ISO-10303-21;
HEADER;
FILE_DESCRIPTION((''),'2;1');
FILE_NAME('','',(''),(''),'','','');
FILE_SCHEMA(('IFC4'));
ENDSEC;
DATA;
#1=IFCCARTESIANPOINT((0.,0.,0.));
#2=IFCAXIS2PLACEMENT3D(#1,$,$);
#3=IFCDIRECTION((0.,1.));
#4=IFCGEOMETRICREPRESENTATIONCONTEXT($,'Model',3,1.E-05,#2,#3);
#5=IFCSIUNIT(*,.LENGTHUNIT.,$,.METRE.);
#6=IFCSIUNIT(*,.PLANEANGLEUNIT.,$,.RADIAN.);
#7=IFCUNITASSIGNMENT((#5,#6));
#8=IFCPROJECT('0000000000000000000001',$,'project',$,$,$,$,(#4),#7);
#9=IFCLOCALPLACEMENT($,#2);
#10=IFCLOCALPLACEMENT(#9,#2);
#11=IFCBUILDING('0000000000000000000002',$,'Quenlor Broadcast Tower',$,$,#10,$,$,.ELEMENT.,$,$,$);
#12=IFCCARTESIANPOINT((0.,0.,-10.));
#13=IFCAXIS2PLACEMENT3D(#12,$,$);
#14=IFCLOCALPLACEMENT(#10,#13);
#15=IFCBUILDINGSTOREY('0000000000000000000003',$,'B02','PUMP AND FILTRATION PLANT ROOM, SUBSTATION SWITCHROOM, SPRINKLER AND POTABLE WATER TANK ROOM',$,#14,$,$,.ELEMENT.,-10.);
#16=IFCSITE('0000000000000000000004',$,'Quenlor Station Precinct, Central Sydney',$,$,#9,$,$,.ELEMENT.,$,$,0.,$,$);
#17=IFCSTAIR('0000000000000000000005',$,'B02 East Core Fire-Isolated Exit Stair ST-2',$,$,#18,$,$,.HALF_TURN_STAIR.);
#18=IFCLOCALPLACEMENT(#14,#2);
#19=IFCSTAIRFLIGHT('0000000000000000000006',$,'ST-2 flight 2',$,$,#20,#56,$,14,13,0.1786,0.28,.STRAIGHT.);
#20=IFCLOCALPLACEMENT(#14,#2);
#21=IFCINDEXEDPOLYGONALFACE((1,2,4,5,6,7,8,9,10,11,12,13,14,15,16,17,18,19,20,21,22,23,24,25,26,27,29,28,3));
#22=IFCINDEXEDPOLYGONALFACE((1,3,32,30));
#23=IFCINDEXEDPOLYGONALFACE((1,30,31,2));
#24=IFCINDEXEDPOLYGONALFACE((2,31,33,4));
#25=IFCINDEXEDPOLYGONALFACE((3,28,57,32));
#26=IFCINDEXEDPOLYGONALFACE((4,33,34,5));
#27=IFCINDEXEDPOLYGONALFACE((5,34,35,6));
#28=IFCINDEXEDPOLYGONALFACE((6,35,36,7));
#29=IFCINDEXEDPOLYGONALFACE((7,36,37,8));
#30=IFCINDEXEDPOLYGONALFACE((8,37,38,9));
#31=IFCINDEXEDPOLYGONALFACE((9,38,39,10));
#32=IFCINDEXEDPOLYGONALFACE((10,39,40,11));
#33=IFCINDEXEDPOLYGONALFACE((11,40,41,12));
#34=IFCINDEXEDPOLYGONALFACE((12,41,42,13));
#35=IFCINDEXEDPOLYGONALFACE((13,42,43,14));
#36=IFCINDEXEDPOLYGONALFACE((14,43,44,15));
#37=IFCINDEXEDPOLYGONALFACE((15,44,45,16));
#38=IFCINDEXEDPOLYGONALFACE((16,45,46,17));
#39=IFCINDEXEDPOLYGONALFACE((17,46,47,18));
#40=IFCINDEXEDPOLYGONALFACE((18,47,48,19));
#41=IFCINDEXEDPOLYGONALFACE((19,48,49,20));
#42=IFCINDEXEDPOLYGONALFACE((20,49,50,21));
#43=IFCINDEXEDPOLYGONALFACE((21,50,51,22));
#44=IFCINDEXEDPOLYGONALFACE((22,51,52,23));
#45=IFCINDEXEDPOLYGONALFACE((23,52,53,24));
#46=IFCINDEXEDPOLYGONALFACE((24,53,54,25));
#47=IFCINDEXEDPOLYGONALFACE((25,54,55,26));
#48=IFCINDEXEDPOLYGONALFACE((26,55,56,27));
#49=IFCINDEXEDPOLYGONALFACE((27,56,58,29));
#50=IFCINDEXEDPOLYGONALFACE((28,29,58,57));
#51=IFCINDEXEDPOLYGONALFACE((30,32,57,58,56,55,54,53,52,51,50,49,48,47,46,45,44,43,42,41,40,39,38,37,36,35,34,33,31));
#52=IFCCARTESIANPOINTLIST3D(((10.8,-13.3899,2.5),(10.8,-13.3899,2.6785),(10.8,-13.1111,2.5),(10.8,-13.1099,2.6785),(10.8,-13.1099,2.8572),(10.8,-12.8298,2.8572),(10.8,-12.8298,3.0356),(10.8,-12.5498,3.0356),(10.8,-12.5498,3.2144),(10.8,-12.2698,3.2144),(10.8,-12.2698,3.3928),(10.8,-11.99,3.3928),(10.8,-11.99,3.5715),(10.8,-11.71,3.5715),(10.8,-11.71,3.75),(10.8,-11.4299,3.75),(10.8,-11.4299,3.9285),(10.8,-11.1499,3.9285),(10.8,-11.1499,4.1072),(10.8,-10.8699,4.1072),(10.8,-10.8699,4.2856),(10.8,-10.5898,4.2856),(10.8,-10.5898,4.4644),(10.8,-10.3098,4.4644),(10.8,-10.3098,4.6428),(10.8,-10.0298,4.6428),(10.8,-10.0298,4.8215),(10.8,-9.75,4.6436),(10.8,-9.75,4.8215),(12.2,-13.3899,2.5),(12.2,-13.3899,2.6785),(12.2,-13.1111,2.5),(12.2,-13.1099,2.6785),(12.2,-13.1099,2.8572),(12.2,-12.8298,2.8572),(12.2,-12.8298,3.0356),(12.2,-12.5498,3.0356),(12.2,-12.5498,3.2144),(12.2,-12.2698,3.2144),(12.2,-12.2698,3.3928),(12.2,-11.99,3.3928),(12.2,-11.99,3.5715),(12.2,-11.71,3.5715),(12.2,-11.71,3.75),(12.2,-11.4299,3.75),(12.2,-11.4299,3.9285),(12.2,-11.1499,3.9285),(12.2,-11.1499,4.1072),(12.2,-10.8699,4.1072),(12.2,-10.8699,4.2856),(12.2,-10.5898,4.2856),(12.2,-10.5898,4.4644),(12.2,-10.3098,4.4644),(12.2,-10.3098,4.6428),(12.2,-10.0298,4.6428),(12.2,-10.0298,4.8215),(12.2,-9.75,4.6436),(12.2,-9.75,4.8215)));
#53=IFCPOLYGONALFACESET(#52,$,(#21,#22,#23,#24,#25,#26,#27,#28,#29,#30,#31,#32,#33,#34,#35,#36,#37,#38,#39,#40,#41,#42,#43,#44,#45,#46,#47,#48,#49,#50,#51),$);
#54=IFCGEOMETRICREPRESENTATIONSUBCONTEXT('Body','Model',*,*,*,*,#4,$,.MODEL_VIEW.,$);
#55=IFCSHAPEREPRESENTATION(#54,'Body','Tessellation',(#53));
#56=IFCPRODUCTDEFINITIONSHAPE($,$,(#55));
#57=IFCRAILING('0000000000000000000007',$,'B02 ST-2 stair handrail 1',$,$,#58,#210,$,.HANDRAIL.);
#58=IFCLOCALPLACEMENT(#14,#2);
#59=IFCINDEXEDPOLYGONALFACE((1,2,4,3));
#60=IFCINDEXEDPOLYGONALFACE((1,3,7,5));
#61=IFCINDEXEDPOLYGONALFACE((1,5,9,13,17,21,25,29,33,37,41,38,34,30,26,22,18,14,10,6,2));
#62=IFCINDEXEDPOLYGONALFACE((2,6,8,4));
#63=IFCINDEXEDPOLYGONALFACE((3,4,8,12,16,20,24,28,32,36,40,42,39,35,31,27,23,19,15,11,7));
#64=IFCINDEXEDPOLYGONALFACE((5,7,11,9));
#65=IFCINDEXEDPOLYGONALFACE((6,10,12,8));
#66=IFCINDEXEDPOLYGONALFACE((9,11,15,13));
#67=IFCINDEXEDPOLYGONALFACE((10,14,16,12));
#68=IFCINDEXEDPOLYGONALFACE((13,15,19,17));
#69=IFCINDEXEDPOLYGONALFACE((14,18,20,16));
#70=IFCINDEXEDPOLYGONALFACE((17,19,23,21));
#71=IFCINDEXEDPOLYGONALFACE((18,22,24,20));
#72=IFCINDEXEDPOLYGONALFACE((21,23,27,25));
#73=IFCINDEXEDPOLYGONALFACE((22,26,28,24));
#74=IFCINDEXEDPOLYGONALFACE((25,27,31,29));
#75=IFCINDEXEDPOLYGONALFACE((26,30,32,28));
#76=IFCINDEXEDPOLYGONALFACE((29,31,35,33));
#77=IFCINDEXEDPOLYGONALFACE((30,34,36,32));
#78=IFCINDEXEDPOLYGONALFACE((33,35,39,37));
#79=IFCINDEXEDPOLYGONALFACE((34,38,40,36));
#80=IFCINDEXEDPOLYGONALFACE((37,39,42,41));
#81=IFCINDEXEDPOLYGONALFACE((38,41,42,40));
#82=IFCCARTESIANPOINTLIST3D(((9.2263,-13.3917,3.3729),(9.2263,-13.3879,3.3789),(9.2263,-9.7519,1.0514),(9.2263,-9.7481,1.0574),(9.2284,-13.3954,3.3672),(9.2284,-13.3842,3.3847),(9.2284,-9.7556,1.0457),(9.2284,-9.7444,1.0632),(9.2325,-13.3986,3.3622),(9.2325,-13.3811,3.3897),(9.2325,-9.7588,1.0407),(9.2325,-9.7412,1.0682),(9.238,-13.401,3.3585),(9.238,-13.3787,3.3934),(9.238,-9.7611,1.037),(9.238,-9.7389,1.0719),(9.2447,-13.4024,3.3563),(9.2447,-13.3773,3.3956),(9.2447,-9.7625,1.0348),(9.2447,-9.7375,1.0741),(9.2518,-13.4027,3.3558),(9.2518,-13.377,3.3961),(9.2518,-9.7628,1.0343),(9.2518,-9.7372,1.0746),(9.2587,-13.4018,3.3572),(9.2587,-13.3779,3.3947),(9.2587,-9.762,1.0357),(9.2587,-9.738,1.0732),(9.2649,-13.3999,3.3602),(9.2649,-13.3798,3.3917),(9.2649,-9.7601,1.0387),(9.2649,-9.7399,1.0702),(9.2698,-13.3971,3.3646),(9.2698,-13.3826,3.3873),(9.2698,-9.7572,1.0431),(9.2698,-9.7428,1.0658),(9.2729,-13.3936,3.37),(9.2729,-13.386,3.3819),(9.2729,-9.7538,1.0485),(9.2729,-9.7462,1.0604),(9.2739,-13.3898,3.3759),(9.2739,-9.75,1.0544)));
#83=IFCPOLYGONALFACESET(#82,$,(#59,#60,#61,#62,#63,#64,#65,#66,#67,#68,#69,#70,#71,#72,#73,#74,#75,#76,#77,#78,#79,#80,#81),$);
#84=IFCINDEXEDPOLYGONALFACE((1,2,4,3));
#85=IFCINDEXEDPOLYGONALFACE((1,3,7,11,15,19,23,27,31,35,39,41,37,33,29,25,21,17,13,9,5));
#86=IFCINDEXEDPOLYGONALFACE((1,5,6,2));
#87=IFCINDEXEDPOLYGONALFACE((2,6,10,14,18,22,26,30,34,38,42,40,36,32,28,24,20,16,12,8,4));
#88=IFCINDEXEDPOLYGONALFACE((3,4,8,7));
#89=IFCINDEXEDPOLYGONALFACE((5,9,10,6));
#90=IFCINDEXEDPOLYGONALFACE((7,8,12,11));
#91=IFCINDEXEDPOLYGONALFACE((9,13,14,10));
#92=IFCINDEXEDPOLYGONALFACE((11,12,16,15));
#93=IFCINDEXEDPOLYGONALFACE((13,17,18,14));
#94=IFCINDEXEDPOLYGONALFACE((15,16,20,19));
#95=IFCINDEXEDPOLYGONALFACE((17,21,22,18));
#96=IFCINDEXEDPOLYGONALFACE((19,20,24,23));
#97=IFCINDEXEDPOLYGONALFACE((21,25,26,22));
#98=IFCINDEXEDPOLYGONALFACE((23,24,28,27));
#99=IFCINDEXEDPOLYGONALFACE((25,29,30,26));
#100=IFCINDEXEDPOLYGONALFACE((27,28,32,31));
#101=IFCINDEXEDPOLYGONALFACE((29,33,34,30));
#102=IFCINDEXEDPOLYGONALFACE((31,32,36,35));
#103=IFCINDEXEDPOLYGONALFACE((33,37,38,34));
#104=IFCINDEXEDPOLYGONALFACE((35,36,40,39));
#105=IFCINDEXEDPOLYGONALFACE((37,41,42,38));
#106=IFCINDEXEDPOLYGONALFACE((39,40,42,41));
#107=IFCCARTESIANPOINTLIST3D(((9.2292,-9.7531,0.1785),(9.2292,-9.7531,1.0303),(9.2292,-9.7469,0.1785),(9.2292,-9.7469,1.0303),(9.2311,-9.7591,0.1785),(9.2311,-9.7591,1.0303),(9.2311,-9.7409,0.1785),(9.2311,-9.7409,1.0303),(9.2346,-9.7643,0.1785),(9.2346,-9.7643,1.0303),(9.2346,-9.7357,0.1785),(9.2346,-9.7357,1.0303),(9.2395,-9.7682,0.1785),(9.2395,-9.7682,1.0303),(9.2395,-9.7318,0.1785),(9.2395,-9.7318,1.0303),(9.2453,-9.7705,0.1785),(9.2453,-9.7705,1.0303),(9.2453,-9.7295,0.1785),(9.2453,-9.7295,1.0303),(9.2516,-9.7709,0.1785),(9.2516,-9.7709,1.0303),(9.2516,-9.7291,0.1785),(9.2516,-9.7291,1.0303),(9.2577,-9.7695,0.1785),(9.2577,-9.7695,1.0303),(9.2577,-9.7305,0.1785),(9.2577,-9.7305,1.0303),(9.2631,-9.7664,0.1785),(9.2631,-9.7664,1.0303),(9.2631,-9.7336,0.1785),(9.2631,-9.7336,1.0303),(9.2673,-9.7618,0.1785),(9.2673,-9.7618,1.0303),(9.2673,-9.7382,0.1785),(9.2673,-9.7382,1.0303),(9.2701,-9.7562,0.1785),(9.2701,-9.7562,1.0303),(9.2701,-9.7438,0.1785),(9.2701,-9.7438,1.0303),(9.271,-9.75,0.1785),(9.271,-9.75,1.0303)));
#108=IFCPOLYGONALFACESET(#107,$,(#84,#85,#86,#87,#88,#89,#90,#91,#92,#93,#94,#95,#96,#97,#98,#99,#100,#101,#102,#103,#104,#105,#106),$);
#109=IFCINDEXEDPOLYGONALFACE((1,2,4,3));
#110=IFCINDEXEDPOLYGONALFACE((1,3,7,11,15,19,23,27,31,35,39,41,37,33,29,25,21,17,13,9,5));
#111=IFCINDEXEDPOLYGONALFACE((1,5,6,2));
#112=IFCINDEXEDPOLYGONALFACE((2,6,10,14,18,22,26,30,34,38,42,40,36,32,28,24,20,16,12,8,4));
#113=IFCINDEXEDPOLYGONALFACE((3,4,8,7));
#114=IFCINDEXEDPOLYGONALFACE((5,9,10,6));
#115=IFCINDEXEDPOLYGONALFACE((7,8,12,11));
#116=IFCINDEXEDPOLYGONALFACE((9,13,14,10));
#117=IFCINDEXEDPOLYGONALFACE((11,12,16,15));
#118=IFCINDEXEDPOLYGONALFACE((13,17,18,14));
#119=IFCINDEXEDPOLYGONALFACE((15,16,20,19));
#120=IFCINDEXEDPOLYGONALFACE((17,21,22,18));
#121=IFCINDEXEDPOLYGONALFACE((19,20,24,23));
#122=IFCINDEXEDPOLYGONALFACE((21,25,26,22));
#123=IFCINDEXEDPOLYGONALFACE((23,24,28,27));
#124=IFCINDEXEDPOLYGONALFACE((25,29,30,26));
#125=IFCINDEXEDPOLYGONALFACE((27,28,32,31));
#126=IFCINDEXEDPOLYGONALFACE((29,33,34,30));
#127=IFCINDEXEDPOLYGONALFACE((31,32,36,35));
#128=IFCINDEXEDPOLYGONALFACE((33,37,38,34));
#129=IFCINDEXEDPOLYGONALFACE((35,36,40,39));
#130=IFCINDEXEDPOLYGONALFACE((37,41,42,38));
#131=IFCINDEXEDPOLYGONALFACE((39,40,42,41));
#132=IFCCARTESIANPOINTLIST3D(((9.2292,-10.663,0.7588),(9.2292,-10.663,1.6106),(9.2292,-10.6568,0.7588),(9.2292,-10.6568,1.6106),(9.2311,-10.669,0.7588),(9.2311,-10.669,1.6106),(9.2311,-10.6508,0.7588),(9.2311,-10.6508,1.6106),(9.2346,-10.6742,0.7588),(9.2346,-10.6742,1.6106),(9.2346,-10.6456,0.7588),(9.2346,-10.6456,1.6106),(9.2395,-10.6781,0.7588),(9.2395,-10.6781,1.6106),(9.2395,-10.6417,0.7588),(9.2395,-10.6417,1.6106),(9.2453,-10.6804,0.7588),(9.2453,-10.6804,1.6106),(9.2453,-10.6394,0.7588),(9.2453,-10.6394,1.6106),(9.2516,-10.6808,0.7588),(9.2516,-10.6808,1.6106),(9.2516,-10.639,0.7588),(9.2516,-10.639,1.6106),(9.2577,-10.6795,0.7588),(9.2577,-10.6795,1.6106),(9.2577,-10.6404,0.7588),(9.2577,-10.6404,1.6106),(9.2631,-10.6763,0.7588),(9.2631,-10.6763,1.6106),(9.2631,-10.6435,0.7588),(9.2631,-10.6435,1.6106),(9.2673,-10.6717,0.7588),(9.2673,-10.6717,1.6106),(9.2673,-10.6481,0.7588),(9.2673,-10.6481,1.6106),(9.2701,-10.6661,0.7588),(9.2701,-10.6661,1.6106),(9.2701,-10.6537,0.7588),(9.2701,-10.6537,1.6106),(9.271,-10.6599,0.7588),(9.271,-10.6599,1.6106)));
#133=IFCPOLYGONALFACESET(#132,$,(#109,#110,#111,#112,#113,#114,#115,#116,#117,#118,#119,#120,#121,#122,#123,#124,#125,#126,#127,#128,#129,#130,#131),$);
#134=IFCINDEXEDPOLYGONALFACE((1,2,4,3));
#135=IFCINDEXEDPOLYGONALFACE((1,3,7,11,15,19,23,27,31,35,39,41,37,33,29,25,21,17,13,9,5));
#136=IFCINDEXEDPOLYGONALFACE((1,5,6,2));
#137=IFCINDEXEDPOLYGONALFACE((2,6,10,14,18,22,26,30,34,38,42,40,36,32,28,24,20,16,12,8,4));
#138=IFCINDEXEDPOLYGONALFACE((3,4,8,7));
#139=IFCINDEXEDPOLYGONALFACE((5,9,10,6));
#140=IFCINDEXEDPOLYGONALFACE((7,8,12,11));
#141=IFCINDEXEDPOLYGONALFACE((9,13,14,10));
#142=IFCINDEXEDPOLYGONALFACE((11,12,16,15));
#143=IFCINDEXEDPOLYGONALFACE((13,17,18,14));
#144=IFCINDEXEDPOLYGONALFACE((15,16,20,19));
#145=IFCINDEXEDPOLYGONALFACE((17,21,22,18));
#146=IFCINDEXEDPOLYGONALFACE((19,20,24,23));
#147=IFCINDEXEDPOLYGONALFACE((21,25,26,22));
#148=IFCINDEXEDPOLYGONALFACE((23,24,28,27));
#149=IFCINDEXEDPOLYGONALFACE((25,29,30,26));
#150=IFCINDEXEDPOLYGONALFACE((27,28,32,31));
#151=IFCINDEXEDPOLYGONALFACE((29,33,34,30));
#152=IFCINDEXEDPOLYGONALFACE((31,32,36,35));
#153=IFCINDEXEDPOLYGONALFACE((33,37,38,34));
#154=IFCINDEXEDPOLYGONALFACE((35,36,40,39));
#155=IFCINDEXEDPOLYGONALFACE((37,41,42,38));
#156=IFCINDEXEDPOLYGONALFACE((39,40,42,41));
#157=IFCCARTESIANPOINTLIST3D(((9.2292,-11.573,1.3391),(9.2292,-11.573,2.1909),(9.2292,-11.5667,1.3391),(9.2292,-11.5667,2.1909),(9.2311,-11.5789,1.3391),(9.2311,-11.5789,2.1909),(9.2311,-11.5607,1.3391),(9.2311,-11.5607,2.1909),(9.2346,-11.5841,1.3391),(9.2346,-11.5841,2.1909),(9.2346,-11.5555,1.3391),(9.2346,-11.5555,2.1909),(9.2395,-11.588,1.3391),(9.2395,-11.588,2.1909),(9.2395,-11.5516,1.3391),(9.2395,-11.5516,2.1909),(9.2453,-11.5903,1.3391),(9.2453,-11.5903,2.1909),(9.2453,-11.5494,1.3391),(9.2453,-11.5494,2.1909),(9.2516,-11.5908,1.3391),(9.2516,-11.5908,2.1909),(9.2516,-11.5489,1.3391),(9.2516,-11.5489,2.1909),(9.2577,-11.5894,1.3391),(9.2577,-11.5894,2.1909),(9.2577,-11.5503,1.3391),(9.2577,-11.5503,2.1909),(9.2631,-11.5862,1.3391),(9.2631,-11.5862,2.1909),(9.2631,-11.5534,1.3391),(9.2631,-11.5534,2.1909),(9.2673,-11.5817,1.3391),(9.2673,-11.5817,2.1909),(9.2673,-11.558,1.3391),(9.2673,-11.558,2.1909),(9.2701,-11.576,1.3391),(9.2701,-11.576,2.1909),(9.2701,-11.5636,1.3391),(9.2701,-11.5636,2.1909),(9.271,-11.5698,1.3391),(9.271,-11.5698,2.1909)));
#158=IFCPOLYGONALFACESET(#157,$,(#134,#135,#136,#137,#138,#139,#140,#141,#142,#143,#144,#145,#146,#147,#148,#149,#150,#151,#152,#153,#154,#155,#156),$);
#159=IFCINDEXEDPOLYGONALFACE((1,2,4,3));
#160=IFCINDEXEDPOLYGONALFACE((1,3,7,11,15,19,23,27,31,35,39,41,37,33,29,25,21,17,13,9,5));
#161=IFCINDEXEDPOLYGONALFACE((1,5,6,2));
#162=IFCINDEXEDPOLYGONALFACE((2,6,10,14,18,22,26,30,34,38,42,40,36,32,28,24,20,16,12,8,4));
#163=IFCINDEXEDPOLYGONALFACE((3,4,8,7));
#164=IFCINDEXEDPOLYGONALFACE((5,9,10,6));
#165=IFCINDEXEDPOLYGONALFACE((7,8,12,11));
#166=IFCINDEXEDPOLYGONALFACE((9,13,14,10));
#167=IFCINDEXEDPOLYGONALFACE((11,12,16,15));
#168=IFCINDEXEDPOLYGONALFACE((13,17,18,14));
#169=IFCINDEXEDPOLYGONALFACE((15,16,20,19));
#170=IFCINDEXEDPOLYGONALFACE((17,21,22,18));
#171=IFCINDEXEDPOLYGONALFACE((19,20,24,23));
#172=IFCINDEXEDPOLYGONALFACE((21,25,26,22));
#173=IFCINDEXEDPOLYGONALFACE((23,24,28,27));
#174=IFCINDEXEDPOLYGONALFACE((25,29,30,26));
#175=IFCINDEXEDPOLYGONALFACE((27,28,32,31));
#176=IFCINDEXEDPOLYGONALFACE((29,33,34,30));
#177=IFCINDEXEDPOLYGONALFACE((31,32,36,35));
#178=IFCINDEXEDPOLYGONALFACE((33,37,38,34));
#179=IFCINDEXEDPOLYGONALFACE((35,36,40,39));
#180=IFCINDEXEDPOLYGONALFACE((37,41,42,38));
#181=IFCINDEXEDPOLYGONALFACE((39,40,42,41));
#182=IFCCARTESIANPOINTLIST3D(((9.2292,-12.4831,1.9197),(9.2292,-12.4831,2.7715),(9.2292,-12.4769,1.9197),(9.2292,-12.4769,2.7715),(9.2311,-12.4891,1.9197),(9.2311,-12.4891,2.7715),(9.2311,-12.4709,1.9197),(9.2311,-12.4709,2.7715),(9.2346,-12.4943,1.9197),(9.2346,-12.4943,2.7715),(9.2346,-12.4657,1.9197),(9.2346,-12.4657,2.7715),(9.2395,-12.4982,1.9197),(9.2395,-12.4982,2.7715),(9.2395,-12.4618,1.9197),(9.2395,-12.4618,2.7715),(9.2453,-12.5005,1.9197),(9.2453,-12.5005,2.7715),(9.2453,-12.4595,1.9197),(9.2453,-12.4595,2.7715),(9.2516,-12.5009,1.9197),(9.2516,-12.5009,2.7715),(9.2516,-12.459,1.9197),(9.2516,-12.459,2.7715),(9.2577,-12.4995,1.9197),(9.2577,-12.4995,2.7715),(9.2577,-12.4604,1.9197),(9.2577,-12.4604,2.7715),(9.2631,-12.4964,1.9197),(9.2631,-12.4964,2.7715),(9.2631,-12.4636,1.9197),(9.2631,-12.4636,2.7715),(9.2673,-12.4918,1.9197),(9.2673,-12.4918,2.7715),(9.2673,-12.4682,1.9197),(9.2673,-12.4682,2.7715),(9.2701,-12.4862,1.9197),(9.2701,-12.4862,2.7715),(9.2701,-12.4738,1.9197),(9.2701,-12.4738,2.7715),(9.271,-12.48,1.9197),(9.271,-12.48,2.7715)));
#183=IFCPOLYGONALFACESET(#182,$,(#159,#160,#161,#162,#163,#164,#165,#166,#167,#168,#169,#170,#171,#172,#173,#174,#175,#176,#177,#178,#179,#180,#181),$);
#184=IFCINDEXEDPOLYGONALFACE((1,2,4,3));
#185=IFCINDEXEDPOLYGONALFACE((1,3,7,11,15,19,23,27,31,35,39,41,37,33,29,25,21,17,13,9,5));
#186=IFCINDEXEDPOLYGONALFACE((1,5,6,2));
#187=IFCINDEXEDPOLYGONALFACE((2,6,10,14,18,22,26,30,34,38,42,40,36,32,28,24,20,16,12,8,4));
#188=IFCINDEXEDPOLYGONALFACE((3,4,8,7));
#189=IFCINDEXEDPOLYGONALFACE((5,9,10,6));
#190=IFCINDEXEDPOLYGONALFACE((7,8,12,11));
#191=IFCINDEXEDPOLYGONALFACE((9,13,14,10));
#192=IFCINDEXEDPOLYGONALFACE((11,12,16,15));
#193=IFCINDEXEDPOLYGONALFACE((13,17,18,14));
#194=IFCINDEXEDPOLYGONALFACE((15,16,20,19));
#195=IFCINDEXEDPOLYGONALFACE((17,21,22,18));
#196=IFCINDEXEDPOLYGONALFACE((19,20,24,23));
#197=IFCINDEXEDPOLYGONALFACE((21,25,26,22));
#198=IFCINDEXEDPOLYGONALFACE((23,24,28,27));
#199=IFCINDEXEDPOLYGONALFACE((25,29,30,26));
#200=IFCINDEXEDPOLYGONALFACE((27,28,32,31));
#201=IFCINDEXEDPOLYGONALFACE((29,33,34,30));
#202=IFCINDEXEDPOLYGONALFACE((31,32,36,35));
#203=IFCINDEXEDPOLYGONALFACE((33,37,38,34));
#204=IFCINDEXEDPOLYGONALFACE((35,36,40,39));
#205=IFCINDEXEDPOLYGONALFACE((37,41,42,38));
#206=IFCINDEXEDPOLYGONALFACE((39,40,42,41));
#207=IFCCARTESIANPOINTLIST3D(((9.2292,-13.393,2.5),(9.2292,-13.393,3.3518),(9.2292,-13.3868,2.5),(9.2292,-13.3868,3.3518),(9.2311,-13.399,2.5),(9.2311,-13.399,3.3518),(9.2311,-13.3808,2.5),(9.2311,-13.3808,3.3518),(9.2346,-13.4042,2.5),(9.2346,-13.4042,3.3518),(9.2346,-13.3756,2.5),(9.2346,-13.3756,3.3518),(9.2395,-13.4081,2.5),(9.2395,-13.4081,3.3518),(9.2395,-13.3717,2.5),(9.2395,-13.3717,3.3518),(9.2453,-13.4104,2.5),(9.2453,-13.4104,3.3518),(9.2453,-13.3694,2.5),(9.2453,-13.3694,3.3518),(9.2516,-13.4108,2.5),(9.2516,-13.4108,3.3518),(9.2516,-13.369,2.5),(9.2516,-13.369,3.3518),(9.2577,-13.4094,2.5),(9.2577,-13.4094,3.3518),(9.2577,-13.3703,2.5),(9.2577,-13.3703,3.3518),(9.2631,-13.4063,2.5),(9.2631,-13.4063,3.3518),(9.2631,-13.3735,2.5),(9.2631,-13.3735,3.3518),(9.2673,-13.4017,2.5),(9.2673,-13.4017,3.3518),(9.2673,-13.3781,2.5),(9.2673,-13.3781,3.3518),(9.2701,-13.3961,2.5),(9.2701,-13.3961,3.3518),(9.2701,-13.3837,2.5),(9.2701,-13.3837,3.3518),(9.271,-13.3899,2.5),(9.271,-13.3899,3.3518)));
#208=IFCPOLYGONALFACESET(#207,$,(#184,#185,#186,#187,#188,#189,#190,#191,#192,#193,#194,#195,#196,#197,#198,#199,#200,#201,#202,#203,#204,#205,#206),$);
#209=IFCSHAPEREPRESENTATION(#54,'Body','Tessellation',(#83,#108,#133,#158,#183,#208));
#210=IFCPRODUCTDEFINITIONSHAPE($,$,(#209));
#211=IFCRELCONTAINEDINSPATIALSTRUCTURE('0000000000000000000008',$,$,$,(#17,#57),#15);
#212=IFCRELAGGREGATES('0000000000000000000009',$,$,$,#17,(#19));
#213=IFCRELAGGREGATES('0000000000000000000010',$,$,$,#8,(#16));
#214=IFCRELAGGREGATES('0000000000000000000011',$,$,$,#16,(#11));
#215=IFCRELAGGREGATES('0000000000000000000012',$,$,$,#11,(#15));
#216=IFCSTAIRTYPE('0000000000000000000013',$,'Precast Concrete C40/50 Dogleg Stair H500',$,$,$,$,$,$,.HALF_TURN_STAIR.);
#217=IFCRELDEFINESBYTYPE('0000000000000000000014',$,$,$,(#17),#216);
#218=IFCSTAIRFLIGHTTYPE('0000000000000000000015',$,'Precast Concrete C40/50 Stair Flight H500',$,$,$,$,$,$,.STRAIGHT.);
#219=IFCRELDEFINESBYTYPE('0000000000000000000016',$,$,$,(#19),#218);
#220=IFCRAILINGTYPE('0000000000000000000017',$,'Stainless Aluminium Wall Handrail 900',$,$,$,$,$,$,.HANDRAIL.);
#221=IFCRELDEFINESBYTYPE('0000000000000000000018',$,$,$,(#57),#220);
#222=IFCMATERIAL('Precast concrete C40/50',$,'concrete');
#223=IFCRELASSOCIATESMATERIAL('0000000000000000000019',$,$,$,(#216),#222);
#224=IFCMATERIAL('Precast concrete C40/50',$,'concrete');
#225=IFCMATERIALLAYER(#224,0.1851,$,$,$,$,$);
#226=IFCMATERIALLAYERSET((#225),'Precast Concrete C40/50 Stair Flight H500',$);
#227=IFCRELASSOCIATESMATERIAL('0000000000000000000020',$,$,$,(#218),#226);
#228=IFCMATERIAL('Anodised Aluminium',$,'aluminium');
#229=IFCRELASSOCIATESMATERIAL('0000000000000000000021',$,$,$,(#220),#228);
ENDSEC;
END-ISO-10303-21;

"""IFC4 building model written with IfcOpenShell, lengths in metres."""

from ifc_helpers import new_model, si_unit, direction, frame, origin, origin_2d, place, context, subcontext, project, spatial, polyline, circle, outline, extrude, material, layer, layer_set, type_object, element, aggregate, save


model = new_model("IFC4")

# Units and contexts
model_context = context("Model", 3, precision=1e-05, world=origin(), true_north=direction((0.0, 1.0)))
body_context = subcontext(model_context, "Body", "Model", "MODEL_VIEW")
ifc_project = project(units=[si_unit("LENGTHUNIT", "METRE"), si_unit("PLANEANGLEUNIT", "RADIAN")], contexts=[model_context])

# Site, building, storey
site_placement = place(None, origin())
site = spatial("IfcSite", under=ifc_project, at=site_placement, Name="Quenlor Station Precinct, Central Sydney", CompositionType="ELEMENT", RefElevation=0.0)
building_placement = place(site_placement, origin())
building = spatial("IfcBuilding", under=site, at=building_placement, Name="Quenlor Broadcast Tower", CompositionType="ELEMENT")
storey_placement = place(building_placement, frame((0.0, 0.0, -10.0)))
storey = spatial("IfcBuildingStorey", under=building, at=storey_placement, Name="B02", Description="PUMP AND FILTRATION PLANT ROOM, SUBSTATION SWITCHROOM, SPRINKLER AND POTABLE WATER TANK ROOM", CompositionType="ELEMENT", Elevation=-10.0)

# Stair, stair flight
ifc_material_1 = material(Name="Precast concrete C40/50", Category="concrete")
stair_type = type_object("IfcStairType", Name="Precast Concrete C40/50 Dogleg Stair H500", PredefinedType="HALF_TURN_STAIR", material=ifc_material_1)
stair_placement = place(storey_placement, origin())
stair = element("IfcStair", 1, at=stair_placement, inside=storey, type_object=stair_type, Name="B02 East Core Fire-Isolated Exit Stair ST-2", PredefinedType="HALF_TURN_STAIR")
ifc_material_2 = material(Name="Precast concrete C40/50", Category="concrete")
ifc_layer_1 = layer(ifc_material_2, 0.1851)
ifc_layer_set_1 = layer_set([ifc_layer_1], Name="Precast Concrete C40/50 Stair Flight H500")
stair_flight_type = type_object("IfcStairFlightType", Name="Precast Concrete C40/50 Stair Flight H500", PredefinedType="STRAIGHT", material=ifc_layer_set_1)
stair_flight_1_placement = place(storey_placement, frame((11.5, -13.3899, 2.5), z_axis=(0.0, 0.0, 1.0), x_axis=(0.0, 1.0, 0.0)))
stair_flight_1 = element("IfcStairFlight", 2, at=stair_flight_1_placement, type_object=stair_flight_type, Name="ST-2 flight 2", NumberOfRisers=14, NumberOfTreads=13, PredefinedType="STRAIGHT", RiserHeight=0.1786, TreadLength=0.28, context=body_context, shape_type="SweptSolid", body=[
    extrude(outline(polyline([(0.0, 0.0), (0.0, 0.1785), (0.28, 0.1785), (0.28, 0.3572), (0.5601, 0.3572), (0.5601, 0.5356), (0.8401, 0.5356), (0.8401, 0.7144), (1.1201, 0.7144), (1.1201, 0.8928), (1.3999, 0.8928), (1.3999, 1.0715), (1.6799, 1.0715), (1.6799, 1.25), (1.96, 1.25), (1.96, 1.4285), (2.24, 1.4285), (2.24, 1.6072), (2.52, 1.6072), (2.52, 1.7856), (2.8, 1.7856), (2.8, 1.9644), (3.0801, 1.9644), (3.0801, 2.1428), (3.3601, 2.1428), (3.3601, 2.3215), (3.6399, 2.3215), (3.6399, 2.5), (3.6399, 2.1436), (0.2788, 0.0), (0.0, 0.0)])), frame((0.0, 0.7, 0.0), z_axis=(0.0, -1.0, 0.0), x_axis=(1.0, 0.0, 0.0)), (0.0, 0.0, 1.0), 1.3999),
])
aggregate(stair, [stair_flight_1])

# Railing
ifc_material_3 = material(Name="Anodised Aluminium", Category="aluminium")
railing_type_1 = type_object("IfcRailingType", Name="Stainless Aluminium Wall Handrail 900", PredefinedType="HANDRAIL", material=ifc_material_3)
railing_1_placement = place(storey_placement, frame((9.25, -9.75, 0.1785)))
element("IfcRailing", 3, at=railing_1_placement, inside=storey, type_object=railing_type_1, Name="B02 ST-2 stair handrail 1", PredefinedType="HANDRAIL", context=body_context, shape_type="SweptSolid", body=[
    extrude(circle(Radius=0.0239, at=origin_2d()), frame((0.0, 0.0, 0.876), z_axis=(0.0, -0.843112, 0.537739), x_axis=(1.0, 0.0, 0.0)), (0.0, 0.0, 1.0), 4.3171),
    extrude(circle(Radius=0.021, at=origin_2d()), origin(), (0.0, 0.0, 1.0), 0.8518),
    extrude(circle(Radius=0.021, at=origin_2d()), frame((0.0, -0.9099, 0.5803)), (0.0, 0.0, 1.0), 0.8518),
    extrude(circle(Radius=0.021, at=origin_2d()), frame((0.0, -1.8198, 1.1606)), (0.0, 0.0, 1.0), 0.8518),
    extrude(circle(Radius=0.021, at=origin_2d()), frame((0.0, -2.73, 1.7412)), (0.0, 0.0, 1.0), 0.8518),
    extrude(circle(Radius=0.021, at=origin_2d()), frame((0.0, -3.6399, 2.3215)), (0.0, 0.0, 1.0), 0.8518),
])

save(model, "model.ifc")
